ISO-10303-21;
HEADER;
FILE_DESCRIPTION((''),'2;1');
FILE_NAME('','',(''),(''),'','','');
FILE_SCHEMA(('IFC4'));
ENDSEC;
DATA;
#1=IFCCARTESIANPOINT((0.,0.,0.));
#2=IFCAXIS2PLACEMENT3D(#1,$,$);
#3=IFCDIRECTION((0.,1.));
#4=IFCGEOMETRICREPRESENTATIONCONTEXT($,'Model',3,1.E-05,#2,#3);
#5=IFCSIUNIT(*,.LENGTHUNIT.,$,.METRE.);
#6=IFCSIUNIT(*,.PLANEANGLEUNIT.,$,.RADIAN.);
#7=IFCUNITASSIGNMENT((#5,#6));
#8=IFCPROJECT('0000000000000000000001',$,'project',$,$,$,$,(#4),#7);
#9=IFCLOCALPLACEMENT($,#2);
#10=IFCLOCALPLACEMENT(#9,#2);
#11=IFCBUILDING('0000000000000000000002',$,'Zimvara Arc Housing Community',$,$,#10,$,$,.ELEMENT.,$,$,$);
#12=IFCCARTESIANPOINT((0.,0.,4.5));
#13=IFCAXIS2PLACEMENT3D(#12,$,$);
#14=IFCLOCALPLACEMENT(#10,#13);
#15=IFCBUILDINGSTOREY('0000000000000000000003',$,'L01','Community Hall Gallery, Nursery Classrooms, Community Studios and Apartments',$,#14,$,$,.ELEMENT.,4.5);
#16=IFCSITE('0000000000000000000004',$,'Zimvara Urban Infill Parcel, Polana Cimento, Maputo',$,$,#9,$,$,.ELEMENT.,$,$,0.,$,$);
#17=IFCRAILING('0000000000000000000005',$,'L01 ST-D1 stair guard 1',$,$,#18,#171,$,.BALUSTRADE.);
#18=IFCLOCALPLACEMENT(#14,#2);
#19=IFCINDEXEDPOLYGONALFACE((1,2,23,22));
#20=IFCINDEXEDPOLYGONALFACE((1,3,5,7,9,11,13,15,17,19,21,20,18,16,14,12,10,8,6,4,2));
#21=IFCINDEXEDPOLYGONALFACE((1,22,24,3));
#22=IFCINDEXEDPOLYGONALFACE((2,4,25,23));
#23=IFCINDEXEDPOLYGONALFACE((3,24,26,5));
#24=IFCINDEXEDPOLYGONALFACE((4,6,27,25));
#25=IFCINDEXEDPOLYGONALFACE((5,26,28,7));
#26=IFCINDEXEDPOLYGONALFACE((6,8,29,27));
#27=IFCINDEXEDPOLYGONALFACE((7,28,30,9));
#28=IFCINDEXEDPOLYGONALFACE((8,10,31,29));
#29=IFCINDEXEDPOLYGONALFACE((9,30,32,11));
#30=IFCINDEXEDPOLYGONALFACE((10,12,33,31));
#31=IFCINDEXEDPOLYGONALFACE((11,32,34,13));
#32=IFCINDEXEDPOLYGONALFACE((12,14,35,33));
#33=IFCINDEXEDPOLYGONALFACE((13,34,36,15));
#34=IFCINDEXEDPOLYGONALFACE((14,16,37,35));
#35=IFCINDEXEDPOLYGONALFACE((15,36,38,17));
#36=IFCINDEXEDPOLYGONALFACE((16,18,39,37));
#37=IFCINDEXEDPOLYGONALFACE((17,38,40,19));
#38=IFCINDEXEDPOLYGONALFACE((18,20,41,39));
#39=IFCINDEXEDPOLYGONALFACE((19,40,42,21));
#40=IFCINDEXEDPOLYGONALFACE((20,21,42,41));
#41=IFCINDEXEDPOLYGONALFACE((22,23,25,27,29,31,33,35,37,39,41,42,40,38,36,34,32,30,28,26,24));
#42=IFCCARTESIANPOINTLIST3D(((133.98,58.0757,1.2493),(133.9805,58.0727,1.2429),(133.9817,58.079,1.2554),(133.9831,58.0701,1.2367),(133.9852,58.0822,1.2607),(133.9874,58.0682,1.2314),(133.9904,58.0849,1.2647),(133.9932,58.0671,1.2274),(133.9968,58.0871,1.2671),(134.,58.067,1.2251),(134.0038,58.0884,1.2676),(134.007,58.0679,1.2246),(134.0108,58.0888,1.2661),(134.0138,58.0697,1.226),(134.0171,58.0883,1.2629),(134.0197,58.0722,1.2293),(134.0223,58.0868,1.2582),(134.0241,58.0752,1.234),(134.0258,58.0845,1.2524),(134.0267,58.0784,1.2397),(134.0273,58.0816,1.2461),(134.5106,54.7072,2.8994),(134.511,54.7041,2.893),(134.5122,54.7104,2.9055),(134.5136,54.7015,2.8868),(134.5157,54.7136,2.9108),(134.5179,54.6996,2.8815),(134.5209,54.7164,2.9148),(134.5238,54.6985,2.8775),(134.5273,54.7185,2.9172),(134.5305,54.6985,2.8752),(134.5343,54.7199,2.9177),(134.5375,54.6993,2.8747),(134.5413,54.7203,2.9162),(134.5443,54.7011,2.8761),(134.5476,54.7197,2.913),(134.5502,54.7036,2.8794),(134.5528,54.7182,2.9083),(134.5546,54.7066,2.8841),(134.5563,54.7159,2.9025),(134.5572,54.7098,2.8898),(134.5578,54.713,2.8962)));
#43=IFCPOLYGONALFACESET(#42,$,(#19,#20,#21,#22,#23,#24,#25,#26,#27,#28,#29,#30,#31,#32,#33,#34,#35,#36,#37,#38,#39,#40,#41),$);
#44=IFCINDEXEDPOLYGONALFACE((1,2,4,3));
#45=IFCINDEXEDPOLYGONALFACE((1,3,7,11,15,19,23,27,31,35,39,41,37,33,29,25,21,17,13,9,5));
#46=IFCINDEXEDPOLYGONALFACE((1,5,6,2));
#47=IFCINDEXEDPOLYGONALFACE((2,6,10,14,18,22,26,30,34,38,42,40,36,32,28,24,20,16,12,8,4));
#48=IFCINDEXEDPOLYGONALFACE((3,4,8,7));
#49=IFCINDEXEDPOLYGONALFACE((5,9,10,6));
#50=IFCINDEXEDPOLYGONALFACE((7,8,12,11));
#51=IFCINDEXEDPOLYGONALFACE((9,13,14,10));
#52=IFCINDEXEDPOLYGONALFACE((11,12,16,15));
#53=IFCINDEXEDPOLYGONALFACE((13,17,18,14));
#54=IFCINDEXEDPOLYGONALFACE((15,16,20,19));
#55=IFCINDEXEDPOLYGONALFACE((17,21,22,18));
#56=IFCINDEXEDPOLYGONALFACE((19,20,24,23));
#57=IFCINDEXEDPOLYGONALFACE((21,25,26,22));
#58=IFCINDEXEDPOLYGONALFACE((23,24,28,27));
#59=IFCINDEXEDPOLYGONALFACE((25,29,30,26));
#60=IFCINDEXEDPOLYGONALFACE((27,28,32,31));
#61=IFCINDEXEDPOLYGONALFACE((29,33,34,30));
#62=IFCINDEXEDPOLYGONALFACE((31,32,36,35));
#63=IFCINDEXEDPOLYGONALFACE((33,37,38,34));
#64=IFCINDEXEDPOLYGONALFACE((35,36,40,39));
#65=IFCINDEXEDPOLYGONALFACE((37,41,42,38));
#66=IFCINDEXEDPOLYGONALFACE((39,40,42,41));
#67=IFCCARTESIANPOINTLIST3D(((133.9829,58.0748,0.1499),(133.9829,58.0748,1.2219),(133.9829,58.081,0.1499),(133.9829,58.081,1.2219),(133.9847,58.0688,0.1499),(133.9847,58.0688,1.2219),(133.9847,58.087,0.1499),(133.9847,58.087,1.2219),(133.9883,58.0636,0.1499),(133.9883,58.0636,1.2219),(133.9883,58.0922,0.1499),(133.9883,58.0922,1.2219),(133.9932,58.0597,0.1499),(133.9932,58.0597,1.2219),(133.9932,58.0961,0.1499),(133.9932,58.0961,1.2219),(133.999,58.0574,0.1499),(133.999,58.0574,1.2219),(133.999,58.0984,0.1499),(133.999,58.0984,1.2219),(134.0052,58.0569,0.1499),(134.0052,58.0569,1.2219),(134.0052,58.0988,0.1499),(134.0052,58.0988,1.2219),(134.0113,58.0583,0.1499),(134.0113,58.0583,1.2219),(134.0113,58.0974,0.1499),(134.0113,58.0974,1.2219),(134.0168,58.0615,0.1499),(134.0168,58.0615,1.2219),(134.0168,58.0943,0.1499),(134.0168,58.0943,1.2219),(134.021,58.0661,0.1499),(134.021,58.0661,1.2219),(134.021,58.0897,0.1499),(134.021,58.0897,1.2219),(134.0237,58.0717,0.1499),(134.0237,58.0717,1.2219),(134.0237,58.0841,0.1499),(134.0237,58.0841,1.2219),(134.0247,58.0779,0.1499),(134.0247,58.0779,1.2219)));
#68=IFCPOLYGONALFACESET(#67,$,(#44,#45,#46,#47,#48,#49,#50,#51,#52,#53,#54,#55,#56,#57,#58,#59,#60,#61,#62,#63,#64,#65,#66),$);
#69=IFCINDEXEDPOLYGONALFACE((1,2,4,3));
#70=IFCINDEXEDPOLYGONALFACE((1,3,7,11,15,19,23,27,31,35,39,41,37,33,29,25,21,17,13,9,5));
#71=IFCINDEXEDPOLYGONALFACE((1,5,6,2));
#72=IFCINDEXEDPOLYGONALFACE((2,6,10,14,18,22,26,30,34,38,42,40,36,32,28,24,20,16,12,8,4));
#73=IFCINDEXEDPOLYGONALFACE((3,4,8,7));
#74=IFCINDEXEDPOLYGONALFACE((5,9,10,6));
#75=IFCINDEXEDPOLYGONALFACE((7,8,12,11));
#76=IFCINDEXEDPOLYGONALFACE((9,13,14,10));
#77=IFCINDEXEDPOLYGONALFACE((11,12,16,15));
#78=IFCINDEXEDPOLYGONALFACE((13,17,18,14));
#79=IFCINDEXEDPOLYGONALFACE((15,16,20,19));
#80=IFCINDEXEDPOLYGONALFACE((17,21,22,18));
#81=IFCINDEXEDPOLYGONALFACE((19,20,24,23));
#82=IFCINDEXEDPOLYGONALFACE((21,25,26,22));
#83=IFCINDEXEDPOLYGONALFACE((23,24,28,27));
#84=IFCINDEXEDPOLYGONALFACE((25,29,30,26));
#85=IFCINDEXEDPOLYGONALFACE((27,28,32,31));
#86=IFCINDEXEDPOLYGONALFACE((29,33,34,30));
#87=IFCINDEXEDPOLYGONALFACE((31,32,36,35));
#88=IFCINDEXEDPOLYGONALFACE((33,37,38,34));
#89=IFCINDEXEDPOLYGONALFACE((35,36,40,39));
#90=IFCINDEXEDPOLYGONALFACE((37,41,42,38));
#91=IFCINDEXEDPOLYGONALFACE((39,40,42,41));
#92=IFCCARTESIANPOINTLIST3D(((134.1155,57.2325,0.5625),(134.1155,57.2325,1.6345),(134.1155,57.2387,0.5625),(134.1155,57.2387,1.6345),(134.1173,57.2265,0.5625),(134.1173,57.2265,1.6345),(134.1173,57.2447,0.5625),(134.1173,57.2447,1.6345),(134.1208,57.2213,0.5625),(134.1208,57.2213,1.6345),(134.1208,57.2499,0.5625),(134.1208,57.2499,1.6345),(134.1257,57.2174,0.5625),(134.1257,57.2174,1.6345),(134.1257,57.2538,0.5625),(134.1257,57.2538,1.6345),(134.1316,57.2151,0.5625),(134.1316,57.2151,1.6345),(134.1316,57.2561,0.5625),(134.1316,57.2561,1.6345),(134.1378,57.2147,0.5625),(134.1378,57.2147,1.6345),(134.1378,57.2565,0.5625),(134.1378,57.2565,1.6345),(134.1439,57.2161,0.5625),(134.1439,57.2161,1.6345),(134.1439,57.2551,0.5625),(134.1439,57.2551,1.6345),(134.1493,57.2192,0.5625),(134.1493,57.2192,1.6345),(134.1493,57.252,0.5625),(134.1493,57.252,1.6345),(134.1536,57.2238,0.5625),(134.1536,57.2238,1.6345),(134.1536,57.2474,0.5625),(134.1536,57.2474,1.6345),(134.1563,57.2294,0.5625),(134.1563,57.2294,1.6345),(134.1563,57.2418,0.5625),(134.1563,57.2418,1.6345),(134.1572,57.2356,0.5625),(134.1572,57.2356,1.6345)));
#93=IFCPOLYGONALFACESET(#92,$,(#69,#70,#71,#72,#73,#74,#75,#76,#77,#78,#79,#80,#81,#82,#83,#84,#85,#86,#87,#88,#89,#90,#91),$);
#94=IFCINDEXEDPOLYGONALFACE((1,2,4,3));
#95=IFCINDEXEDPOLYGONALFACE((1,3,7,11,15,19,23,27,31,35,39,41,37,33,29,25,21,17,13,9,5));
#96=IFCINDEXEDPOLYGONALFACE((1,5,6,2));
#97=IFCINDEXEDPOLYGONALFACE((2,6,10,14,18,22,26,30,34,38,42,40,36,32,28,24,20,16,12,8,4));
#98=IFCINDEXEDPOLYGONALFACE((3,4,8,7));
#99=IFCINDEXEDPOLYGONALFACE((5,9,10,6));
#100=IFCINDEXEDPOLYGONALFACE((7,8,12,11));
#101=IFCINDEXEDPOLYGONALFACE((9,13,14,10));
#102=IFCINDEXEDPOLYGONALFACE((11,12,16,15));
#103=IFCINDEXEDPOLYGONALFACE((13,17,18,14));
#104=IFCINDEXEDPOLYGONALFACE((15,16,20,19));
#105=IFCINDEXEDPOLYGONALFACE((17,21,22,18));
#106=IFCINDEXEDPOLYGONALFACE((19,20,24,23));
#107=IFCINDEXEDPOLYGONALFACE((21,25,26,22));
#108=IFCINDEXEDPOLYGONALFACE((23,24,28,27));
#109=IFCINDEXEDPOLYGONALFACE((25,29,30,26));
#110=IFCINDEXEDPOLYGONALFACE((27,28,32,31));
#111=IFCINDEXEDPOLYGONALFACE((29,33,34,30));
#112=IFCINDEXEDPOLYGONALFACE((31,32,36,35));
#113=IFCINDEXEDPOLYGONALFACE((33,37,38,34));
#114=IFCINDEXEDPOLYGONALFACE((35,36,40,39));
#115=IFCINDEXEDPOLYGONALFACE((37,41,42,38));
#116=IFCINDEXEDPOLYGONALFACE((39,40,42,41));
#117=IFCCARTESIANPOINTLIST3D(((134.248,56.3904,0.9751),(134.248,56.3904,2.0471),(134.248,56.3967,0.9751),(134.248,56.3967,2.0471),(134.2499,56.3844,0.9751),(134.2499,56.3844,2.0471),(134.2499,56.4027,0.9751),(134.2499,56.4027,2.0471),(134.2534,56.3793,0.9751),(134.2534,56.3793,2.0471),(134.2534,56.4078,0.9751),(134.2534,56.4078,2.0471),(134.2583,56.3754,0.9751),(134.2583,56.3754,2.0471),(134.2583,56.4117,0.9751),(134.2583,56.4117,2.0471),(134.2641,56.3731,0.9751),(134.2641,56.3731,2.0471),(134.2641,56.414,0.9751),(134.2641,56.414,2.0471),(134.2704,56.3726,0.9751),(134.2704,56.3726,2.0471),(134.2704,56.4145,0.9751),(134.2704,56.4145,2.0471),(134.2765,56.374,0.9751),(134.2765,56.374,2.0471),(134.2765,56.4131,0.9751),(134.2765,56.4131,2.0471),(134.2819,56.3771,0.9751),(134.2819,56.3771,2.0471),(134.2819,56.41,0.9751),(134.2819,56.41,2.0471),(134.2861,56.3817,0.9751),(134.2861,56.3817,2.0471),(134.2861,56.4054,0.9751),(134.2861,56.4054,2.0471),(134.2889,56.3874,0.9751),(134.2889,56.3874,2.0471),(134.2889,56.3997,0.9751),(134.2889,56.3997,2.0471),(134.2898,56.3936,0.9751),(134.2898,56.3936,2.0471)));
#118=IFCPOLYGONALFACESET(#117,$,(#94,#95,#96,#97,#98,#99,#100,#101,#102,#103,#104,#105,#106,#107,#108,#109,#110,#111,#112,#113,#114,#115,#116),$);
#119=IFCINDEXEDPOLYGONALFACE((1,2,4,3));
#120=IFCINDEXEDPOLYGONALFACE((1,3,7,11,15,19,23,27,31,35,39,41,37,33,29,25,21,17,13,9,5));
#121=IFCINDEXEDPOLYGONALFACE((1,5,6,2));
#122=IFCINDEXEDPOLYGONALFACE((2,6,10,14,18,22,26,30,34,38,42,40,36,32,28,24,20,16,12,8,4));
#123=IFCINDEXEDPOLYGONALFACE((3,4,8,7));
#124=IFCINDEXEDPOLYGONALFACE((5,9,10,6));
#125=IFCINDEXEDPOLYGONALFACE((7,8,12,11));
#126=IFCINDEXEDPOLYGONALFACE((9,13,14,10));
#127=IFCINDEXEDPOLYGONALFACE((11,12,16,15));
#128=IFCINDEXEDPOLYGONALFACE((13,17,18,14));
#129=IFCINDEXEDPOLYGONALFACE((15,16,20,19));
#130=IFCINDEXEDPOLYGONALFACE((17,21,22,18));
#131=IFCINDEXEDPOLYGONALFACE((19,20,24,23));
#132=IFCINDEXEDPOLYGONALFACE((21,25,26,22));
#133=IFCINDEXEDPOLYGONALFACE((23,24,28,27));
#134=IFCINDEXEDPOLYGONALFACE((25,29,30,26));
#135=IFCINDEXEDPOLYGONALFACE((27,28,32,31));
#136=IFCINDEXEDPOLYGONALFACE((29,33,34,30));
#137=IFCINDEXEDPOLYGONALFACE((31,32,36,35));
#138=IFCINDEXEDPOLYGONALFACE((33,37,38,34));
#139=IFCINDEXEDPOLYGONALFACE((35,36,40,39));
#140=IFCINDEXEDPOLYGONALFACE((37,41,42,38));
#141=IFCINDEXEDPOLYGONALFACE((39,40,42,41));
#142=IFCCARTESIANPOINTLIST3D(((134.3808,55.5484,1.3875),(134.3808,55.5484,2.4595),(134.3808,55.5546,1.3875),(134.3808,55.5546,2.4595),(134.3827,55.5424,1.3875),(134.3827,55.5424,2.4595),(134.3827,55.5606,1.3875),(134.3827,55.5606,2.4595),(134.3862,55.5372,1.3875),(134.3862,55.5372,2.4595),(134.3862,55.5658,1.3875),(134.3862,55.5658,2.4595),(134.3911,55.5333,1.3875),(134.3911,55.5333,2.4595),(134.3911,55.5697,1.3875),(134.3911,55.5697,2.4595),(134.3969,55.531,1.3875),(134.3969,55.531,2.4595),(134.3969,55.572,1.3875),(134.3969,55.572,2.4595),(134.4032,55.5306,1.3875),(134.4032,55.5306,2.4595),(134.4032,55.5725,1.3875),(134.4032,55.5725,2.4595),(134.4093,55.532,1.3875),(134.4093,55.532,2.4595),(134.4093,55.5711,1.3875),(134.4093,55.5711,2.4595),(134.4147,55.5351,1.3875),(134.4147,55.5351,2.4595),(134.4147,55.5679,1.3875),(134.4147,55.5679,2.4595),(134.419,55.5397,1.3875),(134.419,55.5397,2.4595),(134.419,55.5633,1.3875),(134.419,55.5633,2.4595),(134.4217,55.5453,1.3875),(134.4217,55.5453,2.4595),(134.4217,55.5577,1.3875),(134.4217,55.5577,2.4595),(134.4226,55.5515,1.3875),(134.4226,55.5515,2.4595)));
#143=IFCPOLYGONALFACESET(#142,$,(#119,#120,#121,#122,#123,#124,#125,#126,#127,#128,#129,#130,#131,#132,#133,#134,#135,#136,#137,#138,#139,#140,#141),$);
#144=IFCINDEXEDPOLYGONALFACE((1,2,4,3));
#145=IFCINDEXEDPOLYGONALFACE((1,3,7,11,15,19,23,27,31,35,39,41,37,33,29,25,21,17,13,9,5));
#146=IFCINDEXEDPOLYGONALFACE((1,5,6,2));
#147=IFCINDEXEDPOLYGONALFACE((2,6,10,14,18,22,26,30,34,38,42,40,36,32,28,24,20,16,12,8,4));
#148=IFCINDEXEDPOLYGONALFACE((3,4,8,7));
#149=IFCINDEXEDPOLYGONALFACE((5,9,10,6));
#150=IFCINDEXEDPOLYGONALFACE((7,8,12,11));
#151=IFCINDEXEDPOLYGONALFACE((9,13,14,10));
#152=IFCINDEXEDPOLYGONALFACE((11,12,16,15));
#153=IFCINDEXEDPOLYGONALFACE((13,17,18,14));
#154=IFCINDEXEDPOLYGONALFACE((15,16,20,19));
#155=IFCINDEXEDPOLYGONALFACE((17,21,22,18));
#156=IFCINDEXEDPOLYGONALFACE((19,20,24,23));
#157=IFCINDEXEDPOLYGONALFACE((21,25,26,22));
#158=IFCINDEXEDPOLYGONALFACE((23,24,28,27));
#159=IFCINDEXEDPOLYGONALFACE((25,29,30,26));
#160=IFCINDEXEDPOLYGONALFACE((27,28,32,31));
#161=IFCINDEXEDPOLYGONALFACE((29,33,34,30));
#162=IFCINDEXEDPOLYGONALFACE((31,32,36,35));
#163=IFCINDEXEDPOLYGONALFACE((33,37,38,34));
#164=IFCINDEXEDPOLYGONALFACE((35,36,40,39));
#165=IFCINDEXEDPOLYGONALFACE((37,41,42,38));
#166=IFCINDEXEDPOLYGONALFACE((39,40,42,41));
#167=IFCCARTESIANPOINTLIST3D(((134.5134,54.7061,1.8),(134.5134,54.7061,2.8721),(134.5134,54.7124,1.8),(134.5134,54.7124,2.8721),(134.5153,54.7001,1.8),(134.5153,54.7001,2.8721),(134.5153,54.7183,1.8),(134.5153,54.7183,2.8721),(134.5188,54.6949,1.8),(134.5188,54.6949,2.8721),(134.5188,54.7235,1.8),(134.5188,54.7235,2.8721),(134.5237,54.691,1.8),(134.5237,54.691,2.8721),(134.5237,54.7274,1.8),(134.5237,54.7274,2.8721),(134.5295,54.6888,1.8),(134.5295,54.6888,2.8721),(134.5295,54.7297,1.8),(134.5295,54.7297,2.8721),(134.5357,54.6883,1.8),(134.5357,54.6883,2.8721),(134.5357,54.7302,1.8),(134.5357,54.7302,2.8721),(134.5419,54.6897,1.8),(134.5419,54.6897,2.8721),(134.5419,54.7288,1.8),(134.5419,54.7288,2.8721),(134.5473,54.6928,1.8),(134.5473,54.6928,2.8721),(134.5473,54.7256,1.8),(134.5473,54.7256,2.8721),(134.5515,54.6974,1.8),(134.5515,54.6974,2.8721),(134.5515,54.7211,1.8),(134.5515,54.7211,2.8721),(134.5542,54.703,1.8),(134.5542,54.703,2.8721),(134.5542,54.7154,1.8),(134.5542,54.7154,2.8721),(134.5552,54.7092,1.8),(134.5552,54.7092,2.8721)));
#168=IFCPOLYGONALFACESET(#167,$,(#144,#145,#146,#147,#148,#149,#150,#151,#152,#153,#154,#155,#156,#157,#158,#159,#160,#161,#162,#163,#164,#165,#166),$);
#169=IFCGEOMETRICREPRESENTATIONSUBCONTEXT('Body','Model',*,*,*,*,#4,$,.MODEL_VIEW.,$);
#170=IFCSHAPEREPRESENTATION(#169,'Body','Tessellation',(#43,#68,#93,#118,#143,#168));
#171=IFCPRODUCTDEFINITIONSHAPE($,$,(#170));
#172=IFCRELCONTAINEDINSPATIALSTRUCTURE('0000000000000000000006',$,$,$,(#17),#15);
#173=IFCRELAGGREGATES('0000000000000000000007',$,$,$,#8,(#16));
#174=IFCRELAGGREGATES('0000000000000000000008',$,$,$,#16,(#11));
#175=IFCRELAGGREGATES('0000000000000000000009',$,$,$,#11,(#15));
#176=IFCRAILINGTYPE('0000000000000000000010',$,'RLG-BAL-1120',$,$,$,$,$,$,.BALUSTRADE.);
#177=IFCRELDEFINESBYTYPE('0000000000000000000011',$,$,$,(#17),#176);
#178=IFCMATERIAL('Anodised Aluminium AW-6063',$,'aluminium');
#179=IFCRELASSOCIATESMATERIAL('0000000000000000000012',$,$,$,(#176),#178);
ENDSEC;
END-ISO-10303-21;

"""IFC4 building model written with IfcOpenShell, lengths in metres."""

from ifc_helpers import new_model, si_unit, direction, frame, origin, origin_2d, place, context, subcontext, project, spatial, circle, extrude, material, type_object, element, save


model = new_model("IFC4")

# Units and contexts
model_context = context("Model", 3, precision=1e-05, world=origin(), true_north=direction((0.0, 1.0)))
body_context = subcontext(model_context, "Body", "Model", "MODEL_VIEW")
ifc_project = project(units=[si_unit("LENGTHUNIT", "METRE"), si_unit("PLANEANGLEUNIT", "RADIAN")], contexts=[model_context])

# Site, building, storey
site_placement = place(None, origin())
site = spatial("IfcSite", under=ifc_project, at=site_placement, Name="Zimvara Urban Infill Parcel, Polana Cimento, Maputo", CompositionType="ELEMENT", RefElevation=0.0)
building_placement = place(site_placement, origin())
building = spatial("IfcBuilding", under=site, at=building_placement, Name="Zimvara Arc Housing Community", CompositionType="ELEMENT")
storey_placement = place(building_placement, frame((0.0, 0.0, 4.5)))
storey = spatial("IfcBuildingStorey", under=building, at=storey_placement, Name="L01", Description="Community Hall Gallery, Nursery Classrooms, Community Studios and Apartments", CompositionType="ELEMENT", Elevation=4.5)

# Railing
ifc_material_1 = material(Name="Anodised Aluminium AW-6063", Category="aluminium")
railing_type_1 = type_object("IfcRailingType", Name="RLG-BAL-1120", PredefinedType="BALUSTRADE", material=ifc_material_1)
railing_1_placement = place(storey_placement, frame((134.0037, 58.0779, 0.1499)))
element("IfcRailing", 1, at=railing_1_placement, inside=storey, type_object=railing_type_1, Name="L01 ST-D1 stair guard 1", PredefinedType="BALUSTRADE", context=body_context, shape_type="SweptSolid", body=[
    extrude(circle(Radius=0.0239, at=origin_2d()), frame((0.0, 0.0, 1.0962), z_axis=(0.140036, -0.889193, 0.435575), x_axis=(0.987825, 0.155569, 0.0)), (0.0, 0.0, 1.0), 3.7883),
    extrude(circle(Radius=0.021, at=origin_2d()), origin(), (0.0, 0.0, 1.0), 1.072),
    extrude(circle(Radius=0.021, at=origin_2d()), frame((0.1326, -0.8423, 0.4126)), (0.0, 0.0, 1.0), 1.072),
    extrude(circle(Radius=0.021, at=origin_2d()), frame((0.2651, -1.6843, 0.8252)), (0.0, 0.0, 1.0), 1.072),
    extrude(circle(Radius=0.021, at=origin_2d()), frame((0.3979, -2.5264, 1.2375)), (0.0, 0.0, 1.0), 1.072),
    extrude(circle(Radius=0.021, at=origin_2d()), frame((0.5305, -3.3687, 1.6501)), (0.0, 0.0, 1.0), 1.072),
])

save(model, "model.ifc")
